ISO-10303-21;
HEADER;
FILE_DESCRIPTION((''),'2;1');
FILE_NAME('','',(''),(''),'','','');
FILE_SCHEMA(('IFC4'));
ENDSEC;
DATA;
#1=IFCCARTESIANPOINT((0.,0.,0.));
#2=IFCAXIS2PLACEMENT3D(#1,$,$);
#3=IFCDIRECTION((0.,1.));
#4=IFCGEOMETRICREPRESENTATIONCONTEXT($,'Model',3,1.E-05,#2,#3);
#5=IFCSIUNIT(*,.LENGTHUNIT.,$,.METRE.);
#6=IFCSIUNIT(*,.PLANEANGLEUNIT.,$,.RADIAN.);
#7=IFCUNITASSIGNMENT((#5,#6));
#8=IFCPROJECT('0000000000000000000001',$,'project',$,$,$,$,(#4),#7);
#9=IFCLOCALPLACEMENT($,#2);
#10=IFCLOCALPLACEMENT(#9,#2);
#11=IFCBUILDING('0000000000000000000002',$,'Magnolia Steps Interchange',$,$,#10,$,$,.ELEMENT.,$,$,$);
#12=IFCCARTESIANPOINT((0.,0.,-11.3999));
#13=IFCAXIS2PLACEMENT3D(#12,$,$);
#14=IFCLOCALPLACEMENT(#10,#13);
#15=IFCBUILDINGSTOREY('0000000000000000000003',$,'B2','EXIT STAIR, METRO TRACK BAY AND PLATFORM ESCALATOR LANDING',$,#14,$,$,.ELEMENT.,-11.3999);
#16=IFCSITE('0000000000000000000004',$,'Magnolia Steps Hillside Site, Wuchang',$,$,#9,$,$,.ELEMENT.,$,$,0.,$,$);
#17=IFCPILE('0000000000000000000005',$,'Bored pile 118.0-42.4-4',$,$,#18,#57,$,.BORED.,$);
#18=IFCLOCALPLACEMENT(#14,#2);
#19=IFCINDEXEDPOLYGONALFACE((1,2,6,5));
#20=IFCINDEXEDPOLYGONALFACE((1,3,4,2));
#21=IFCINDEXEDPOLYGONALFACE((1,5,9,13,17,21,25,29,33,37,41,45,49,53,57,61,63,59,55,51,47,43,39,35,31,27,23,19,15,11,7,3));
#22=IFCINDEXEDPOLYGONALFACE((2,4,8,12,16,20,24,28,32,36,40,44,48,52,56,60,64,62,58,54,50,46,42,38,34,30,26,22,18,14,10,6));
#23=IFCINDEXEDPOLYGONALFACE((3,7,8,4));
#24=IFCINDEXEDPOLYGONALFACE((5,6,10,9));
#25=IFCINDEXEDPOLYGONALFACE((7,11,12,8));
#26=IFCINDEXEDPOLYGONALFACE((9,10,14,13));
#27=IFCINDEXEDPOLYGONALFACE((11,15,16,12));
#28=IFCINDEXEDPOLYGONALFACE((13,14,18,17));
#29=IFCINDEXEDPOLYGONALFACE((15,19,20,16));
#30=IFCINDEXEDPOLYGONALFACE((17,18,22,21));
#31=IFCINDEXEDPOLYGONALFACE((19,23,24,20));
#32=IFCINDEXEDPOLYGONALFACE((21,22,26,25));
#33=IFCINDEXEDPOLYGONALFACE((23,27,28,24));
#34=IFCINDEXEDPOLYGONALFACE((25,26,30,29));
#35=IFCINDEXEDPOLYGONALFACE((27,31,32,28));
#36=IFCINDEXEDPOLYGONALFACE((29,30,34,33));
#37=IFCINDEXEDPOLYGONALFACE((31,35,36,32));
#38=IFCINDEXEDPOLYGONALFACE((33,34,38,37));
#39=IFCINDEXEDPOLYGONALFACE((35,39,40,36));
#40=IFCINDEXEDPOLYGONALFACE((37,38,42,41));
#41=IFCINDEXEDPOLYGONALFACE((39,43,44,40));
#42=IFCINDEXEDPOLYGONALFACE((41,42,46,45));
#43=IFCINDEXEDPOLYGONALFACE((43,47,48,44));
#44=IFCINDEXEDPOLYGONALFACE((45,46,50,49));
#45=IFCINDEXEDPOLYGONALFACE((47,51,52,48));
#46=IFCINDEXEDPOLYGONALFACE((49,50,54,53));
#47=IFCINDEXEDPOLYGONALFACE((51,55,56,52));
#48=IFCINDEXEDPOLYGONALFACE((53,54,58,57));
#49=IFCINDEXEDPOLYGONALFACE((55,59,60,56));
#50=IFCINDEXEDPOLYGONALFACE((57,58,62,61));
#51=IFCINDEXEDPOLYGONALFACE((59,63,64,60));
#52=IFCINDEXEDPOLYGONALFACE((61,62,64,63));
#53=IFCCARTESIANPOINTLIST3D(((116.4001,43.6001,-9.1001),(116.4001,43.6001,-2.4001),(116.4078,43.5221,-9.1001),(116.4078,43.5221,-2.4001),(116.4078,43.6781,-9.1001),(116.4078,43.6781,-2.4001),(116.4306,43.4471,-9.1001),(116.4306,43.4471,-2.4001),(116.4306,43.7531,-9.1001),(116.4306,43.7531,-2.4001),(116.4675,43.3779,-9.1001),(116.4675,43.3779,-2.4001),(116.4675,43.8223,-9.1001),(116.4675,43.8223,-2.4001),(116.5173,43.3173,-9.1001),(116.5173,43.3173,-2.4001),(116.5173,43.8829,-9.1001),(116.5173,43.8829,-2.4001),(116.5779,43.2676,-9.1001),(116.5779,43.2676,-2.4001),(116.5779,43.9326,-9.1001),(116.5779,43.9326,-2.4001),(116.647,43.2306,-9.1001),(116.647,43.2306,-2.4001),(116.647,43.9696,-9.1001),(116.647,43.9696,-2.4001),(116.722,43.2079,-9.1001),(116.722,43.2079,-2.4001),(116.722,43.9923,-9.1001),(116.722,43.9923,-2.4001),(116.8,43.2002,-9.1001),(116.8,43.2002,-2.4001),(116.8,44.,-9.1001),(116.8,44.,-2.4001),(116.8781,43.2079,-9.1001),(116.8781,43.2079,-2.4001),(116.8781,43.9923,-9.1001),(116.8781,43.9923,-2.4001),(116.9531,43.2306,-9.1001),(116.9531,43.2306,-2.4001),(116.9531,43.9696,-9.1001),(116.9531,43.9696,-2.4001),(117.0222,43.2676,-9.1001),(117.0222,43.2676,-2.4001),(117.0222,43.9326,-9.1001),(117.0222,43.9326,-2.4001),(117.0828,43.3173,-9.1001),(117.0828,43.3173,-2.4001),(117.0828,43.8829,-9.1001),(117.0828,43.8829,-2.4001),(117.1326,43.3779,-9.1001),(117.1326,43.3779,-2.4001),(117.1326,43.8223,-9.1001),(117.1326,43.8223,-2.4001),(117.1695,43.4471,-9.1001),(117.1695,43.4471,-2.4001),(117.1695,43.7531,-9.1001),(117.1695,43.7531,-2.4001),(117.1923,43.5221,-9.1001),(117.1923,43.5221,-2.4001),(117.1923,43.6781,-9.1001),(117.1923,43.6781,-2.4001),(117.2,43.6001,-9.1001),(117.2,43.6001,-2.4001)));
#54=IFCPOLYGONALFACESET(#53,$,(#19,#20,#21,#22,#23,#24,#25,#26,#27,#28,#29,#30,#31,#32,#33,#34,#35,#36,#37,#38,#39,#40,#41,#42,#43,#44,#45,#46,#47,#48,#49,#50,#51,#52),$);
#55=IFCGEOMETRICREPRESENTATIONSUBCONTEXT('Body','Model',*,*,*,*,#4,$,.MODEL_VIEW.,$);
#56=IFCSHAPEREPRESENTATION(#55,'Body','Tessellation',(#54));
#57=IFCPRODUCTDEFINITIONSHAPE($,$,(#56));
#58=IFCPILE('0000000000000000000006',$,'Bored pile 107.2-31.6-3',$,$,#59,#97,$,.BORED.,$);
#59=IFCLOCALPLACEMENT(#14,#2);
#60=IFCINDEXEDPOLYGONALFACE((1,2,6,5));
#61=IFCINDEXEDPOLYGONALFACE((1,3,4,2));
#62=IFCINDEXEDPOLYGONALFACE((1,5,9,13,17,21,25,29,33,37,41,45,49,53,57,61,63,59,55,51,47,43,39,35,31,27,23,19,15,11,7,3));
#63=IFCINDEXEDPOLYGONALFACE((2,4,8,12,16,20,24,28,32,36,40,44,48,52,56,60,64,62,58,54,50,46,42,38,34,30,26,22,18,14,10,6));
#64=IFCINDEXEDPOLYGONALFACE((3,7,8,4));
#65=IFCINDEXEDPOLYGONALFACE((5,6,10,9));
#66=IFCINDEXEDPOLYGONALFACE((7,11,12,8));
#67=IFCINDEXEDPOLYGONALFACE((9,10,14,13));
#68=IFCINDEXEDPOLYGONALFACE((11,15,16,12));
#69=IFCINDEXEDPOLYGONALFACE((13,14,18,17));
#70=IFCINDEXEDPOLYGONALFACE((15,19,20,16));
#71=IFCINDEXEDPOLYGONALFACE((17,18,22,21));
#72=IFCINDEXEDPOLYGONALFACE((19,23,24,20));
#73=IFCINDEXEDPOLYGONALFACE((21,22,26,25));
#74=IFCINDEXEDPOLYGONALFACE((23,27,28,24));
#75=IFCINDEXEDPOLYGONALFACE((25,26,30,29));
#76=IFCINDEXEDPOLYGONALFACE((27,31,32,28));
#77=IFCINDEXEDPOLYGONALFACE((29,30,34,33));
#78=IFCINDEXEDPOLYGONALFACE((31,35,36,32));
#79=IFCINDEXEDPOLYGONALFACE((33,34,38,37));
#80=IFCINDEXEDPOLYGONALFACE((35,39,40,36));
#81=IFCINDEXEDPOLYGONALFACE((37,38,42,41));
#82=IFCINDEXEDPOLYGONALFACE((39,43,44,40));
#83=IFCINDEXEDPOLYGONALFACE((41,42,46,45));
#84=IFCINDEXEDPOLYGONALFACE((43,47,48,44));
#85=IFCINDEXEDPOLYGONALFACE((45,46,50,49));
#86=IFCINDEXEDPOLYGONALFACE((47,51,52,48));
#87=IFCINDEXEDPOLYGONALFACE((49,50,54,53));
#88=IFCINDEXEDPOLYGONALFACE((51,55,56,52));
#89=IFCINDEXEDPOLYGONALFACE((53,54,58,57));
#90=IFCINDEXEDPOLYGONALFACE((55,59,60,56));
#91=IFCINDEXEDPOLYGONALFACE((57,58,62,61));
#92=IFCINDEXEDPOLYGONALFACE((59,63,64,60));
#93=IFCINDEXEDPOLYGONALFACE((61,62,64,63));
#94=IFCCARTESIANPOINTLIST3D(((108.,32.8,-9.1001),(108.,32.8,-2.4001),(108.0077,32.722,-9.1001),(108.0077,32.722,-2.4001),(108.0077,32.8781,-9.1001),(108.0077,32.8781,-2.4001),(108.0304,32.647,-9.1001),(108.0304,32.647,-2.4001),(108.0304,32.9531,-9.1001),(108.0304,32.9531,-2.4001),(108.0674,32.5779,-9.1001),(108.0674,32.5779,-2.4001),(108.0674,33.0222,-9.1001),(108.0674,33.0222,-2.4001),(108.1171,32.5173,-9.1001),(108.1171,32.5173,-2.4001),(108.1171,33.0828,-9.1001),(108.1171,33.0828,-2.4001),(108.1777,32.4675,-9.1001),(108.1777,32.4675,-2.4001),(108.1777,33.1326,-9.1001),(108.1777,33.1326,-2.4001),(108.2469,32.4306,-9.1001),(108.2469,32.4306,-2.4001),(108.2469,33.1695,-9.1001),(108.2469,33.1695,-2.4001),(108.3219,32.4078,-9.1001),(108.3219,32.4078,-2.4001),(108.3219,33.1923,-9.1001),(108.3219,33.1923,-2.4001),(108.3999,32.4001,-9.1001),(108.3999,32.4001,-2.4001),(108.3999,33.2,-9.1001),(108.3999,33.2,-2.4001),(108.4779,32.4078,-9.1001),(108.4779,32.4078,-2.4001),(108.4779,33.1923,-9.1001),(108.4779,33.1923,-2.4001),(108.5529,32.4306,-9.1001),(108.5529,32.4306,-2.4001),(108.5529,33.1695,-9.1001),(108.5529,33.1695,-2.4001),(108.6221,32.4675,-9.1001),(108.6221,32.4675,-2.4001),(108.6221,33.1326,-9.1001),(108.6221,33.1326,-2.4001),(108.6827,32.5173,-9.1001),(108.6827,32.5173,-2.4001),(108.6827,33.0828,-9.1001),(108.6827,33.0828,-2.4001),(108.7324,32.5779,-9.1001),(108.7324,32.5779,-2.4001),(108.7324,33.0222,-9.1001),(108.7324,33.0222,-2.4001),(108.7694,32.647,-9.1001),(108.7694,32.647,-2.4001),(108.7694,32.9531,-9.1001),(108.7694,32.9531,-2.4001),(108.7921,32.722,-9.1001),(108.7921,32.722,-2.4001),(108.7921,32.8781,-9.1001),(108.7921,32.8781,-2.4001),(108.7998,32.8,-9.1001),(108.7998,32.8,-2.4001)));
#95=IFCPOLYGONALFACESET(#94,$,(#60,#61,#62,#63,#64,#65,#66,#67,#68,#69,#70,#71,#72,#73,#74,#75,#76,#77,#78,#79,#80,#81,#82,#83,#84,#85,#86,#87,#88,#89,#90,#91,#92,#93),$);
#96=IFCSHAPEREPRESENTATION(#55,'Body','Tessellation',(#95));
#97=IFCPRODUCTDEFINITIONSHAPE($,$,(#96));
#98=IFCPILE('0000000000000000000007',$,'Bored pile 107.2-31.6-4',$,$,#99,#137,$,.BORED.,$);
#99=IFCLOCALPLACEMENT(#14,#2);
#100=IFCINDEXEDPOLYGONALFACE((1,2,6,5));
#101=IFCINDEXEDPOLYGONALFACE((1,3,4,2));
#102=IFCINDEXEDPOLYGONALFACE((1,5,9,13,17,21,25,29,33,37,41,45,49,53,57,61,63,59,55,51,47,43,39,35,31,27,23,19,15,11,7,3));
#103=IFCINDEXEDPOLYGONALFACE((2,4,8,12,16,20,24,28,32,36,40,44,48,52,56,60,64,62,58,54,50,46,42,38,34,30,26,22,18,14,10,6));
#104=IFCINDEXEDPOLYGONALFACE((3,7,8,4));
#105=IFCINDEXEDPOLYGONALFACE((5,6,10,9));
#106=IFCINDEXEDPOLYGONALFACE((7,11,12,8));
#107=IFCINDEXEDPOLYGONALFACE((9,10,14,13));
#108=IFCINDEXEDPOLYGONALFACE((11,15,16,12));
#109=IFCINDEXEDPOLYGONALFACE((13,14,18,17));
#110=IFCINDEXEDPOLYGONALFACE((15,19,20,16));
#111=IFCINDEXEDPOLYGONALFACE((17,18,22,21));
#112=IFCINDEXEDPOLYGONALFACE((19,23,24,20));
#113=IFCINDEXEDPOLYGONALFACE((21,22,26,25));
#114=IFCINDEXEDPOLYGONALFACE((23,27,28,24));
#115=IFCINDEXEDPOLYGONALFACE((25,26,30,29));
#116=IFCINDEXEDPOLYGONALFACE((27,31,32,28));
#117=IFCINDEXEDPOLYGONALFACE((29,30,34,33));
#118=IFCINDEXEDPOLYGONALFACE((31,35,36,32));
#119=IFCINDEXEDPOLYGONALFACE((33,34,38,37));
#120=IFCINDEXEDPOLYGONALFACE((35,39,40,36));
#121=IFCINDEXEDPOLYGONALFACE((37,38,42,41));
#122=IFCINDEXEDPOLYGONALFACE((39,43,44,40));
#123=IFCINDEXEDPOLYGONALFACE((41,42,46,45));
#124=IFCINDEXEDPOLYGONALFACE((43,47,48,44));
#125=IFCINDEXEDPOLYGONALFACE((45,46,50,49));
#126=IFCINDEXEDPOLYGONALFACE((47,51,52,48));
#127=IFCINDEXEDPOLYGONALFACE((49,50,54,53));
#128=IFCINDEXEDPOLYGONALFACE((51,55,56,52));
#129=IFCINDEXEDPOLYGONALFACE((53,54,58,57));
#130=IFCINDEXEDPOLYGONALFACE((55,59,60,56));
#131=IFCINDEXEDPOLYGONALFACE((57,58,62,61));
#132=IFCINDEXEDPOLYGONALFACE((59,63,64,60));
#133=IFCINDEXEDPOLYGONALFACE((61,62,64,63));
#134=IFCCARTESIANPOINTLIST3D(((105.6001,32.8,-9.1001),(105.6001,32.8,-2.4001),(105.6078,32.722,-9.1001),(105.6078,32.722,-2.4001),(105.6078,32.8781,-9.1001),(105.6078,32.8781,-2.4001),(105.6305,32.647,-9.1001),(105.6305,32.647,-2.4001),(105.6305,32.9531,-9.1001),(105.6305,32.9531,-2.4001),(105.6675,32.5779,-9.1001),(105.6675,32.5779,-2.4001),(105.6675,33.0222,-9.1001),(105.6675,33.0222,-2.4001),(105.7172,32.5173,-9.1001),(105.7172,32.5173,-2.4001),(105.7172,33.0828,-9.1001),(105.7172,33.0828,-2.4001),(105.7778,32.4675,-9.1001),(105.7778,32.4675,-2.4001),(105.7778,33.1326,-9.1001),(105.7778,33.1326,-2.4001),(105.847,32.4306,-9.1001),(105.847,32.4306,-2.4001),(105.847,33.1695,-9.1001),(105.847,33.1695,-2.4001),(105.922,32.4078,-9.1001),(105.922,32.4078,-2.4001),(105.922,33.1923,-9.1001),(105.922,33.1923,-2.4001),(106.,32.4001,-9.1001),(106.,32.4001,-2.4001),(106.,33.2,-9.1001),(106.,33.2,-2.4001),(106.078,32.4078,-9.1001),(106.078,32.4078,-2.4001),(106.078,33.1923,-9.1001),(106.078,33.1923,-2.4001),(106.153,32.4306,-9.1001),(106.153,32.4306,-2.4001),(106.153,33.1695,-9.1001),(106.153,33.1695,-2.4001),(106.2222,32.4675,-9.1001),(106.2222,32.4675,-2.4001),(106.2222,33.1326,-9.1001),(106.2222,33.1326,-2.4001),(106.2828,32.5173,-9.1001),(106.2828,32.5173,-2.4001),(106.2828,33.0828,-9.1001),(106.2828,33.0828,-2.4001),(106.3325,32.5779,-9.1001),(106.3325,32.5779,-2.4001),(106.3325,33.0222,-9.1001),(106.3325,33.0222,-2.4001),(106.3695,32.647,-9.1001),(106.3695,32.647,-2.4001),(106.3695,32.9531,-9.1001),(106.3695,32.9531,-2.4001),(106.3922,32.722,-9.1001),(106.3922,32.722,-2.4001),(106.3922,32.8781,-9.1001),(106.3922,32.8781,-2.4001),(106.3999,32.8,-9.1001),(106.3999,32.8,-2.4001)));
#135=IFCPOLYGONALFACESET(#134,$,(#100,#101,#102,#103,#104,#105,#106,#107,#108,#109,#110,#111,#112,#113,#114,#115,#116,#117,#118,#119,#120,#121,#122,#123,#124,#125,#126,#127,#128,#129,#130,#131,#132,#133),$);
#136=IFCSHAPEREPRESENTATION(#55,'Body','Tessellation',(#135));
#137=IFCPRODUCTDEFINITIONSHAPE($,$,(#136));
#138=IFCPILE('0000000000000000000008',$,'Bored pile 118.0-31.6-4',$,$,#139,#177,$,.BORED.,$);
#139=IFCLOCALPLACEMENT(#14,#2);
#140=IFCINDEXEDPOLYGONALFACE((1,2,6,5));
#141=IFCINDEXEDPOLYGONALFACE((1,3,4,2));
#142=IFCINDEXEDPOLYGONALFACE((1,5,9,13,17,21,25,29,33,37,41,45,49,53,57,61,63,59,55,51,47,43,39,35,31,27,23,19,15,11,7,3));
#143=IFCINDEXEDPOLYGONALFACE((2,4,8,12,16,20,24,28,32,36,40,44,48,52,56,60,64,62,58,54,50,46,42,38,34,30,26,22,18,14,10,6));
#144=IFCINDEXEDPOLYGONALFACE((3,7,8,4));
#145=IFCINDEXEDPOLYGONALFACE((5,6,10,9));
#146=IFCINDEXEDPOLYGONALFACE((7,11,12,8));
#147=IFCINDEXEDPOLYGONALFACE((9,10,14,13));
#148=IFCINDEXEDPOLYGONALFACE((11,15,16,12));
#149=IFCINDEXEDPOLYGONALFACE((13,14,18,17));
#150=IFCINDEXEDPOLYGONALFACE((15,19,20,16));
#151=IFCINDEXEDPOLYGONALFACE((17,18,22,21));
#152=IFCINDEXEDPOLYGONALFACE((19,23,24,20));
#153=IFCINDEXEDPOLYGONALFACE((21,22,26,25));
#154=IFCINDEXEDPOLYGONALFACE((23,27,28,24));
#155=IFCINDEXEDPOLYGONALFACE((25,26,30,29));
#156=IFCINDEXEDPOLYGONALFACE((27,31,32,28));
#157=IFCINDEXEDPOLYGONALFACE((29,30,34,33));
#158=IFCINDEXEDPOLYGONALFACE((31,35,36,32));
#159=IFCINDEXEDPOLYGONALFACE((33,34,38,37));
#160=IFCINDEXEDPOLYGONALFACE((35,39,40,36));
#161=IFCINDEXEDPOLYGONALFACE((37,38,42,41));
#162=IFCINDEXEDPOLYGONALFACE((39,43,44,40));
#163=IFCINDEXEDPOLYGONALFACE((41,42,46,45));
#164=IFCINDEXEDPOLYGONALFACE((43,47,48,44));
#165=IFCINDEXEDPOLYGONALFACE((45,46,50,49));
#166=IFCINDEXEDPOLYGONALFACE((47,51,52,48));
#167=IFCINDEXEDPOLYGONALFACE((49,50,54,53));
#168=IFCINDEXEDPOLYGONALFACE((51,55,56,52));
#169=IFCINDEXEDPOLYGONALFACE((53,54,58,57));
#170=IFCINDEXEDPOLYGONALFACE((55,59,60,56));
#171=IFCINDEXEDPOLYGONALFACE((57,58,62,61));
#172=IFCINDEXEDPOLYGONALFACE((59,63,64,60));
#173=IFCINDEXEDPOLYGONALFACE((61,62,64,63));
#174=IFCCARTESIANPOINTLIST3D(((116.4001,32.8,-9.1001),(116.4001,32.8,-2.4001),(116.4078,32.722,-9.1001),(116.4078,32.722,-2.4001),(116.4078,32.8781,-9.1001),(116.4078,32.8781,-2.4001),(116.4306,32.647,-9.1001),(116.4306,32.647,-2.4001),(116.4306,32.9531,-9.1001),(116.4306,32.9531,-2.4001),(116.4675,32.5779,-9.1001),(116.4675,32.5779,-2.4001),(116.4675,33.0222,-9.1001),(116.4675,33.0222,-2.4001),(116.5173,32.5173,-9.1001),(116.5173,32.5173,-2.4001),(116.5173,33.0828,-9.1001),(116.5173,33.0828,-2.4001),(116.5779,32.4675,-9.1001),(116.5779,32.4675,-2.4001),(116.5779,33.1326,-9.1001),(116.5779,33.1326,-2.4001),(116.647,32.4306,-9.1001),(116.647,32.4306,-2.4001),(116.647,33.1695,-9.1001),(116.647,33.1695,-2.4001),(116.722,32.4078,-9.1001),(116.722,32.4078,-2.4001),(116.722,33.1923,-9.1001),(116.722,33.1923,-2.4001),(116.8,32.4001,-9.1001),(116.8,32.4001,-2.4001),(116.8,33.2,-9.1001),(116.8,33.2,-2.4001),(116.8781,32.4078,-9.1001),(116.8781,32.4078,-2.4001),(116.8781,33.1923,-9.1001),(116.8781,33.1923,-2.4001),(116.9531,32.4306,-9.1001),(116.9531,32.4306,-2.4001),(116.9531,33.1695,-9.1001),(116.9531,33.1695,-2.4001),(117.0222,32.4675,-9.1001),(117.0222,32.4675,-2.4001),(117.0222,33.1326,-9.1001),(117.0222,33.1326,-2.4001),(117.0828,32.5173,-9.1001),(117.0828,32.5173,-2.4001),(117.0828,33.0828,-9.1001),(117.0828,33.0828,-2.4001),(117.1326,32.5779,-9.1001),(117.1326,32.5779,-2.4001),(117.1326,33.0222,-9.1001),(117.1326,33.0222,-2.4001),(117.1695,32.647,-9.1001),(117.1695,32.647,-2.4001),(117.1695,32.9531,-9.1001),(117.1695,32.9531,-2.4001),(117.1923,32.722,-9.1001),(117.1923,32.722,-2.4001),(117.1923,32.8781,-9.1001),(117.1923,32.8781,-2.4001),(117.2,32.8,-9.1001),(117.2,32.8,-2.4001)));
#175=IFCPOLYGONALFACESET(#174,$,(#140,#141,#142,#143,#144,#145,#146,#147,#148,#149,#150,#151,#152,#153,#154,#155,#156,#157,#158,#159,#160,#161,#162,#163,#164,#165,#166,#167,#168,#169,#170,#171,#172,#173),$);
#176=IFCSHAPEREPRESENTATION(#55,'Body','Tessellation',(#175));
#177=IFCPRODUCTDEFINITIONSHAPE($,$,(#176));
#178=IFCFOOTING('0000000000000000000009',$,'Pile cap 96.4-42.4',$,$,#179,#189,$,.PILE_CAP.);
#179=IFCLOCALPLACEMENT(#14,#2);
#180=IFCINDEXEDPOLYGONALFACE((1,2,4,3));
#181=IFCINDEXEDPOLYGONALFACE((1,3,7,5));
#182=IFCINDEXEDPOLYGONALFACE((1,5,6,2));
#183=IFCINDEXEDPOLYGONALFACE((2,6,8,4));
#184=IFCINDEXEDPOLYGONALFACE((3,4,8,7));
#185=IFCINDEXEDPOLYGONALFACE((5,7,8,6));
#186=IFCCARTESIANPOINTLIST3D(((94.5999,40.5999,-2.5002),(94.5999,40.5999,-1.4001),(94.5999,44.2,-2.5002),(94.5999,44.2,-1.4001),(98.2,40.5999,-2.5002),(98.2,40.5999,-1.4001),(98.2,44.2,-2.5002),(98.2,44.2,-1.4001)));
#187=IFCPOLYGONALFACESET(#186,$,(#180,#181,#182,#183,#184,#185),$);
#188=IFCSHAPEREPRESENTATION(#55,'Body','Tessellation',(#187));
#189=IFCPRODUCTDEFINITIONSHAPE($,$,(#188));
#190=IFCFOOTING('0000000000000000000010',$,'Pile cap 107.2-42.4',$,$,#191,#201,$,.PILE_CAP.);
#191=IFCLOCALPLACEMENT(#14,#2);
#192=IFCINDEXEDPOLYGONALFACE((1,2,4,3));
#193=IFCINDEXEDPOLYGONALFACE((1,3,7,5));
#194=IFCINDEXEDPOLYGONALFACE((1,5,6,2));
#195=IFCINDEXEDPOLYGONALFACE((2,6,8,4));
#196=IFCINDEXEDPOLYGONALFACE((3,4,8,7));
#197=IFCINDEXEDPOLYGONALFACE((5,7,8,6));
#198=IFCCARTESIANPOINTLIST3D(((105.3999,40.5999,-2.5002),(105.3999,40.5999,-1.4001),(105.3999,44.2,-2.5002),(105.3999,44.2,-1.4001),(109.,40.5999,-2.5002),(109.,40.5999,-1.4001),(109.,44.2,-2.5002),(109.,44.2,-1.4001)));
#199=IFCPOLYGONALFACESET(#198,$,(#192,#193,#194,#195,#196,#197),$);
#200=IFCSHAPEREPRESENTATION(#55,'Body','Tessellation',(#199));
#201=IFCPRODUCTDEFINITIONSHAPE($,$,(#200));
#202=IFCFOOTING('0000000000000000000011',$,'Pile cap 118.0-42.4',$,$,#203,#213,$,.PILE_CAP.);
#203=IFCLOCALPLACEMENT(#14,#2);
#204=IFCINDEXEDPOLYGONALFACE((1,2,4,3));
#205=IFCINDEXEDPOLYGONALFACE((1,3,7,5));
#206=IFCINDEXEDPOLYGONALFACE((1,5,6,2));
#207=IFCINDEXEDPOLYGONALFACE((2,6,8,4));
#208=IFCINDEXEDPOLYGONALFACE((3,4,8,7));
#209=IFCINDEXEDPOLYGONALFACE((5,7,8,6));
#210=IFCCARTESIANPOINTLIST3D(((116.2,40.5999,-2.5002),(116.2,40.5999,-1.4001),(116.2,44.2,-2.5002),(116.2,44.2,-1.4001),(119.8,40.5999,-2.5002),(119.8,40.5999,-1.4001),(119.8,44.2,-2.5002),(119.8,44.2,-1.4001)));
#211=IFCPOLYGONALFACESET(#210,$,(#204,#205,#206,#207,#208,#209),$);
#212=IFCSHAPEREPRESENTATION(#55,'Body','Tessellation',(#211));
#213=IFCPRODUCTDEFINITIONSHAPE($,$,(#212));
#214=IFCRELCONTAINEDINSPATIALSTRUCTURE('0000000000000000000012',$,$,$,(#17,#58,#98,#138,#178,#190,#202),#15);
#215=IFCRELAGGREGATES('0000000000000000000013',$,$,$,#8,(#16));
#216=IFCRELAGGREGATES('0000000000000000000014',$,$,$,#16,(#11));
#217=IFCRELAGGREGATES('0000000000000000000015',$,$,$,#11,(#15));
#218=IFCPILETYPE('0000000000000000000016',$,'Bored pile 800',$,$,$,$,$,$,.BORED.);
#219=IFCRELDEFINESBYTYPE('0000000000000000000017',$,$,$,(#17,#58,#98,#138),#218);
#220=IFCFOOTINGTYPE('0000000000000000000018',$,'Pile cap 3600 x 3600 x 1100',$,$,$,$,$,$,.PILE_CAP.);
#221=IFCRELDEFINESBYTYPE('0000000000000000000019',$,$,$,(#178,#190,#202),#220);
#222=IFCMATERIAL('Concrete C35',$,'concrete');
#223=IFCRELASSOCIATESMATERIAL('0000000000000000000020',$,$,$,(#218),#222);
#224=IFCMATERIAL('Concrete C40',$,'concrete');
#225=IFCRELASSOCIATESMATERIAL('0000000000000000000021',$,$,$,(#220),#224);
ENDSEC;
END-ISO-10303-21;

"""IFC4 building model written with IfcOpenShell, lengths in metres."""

from ifc_helpers import new_model, si_unit, direction, frame, origin, origin_2d, place, context, subcontext, project, spatial, rectangle, circle, extrude, material, material_profile, profile_set, type_object, element, save


model = new_model("IFC4")

# Units and contexts
model_context = context("Model", 3, precision=1e-05, world=origin(), true_north=direction((0.0, 1.0)))
body_context = subcontext(model_context, "Body", "Model", "MODEL_VIEW")
ifc_project = project(units=[si_unit("LENGTHUNIT", "METRE"), si_unit("PLANEANGLEUNIT", "RADIAN")], contexts=[model_context])

# Site, building, storey
site_placement = place(None, origin())
site = spatial("IfcSite", under=ifc_project, at=site_placement, Name="Magnolia Steps Hillside Site, Wuchang", CompositionType="ELEMENT", RefElevation=0.0)
building_placement = place(site_placement, origin())
building = spatial("IfcBuilding", under=site, at=building_placement, Name="Magnolia Steps Interchange", CompositionType="ELEMENT")
storey_placement = place(building_placement, frame((0.0, 0.0, -11.3999)))
storey = spatial("IfcBuildingStorey", under=building, at=storey_placement, Name="B2", Description="EXIT STAIR, METRO TRACK BAY AND PLATFORM ESCALATOR LANDING", CompositionType="ELEMENT", Elevation=-11.3999)

# Piles
ifc_material_1 = material(Name="Concrete C35", Category="concrete")
ifc_material_profile_1 = material_profile(ifc_material_1, circle(Radius=0.3999, at=origin_2d()), Name="Bored pile 800")
ifc_profile_set_1 = profile_set([ifc_material_profile_1], Name="Concrete C35")
pile_type_1 = type_object("IfcPileType", Name="Bored pile 800", PredefinedType="BORED", material=ifc_profile_set_1)
for number, where, z_axis, x_axis, name in (
    (1, (116.8, 43.6001, -2.4001), (0.0, 0.0, -1.0), (1.0, 0.0, 0.0), "Bored pile 118.0-42.4-4"),
    (2, (108.3999, 32.8, -2.4001), (0.0, 0.0, -1.0), (1.0, 0.0, 0.0), "Bored pile 107.2-31.6-3"),
    (3, (106.0, 32.8, -2.4001), (0.0, 0.0, -1.0), (1.0, 0.0, 0.0), "Bored pile 107.2-31.6-4"),
    (4, (116.8, 32.8, -2.4001), (0.0, 0.0, -1.0), (1.0, 0.0, 0.0), "Bored pile 118.0-31.6-4"),
):
    element("IfcPile", number, at=place(storey_placement, frame(where, z_axis=z_axis, x_axis=x_axis)), inside=storey, type_object=pile_type_1, Name=name, PredefinedType="BORED", context=body_context, shape_type="SweptSolid", body=[
        extrude(circle(Radius=0.3999, at=origin_2d()), origin(), (0.0, 0.0, 1.0), 6.7),
    ])

# Footings
ifc_material_2 = material(Name="Concrete C40", Category="concrete")
footing_type = type_object("IfcFootingType", Name="Pile cap 3600 x 3600 x 1100", PredefinedType="PILE_CAP", material=ifc_material_2)
for number, where, z_axis, x_axis, name in (
    (5, (96.3999, 42.3999, -2.5002), (0.0, 0.0, 1.0), (1.0, 0.0, 0.0), "Pile cap 96.4-42.4"),
    (6, (107.2, 42.3999, -2.5002), (0.0, 0.0, 1.0), (1.0, 0.0, 0.0), "Pile cap 107.2-42.4"),
    (7, (118.0, 42.3999, -2.5002), (0.0, 0.0, 1.0), (1.0, 0.0, 0.0), "Pile cap 118.0-42.4"),
):
    element("IfcFooting", number, at=place(storey_placement, frame(where, z_axis=z_axis, x_axis=x_axis)), inside=storey, type_object=footing_type, Name=name, PredefinedType="PILE_CAP", context=body_context, shape_type="SweptSolid", body=[
        extrude(rectangle(XDim=3.6001, YDim=3.6001, at=origin_2d()), origin(), (0.0, 0.0, 1.0), 1.1001),
    ])

save(model, "model.ifc")
